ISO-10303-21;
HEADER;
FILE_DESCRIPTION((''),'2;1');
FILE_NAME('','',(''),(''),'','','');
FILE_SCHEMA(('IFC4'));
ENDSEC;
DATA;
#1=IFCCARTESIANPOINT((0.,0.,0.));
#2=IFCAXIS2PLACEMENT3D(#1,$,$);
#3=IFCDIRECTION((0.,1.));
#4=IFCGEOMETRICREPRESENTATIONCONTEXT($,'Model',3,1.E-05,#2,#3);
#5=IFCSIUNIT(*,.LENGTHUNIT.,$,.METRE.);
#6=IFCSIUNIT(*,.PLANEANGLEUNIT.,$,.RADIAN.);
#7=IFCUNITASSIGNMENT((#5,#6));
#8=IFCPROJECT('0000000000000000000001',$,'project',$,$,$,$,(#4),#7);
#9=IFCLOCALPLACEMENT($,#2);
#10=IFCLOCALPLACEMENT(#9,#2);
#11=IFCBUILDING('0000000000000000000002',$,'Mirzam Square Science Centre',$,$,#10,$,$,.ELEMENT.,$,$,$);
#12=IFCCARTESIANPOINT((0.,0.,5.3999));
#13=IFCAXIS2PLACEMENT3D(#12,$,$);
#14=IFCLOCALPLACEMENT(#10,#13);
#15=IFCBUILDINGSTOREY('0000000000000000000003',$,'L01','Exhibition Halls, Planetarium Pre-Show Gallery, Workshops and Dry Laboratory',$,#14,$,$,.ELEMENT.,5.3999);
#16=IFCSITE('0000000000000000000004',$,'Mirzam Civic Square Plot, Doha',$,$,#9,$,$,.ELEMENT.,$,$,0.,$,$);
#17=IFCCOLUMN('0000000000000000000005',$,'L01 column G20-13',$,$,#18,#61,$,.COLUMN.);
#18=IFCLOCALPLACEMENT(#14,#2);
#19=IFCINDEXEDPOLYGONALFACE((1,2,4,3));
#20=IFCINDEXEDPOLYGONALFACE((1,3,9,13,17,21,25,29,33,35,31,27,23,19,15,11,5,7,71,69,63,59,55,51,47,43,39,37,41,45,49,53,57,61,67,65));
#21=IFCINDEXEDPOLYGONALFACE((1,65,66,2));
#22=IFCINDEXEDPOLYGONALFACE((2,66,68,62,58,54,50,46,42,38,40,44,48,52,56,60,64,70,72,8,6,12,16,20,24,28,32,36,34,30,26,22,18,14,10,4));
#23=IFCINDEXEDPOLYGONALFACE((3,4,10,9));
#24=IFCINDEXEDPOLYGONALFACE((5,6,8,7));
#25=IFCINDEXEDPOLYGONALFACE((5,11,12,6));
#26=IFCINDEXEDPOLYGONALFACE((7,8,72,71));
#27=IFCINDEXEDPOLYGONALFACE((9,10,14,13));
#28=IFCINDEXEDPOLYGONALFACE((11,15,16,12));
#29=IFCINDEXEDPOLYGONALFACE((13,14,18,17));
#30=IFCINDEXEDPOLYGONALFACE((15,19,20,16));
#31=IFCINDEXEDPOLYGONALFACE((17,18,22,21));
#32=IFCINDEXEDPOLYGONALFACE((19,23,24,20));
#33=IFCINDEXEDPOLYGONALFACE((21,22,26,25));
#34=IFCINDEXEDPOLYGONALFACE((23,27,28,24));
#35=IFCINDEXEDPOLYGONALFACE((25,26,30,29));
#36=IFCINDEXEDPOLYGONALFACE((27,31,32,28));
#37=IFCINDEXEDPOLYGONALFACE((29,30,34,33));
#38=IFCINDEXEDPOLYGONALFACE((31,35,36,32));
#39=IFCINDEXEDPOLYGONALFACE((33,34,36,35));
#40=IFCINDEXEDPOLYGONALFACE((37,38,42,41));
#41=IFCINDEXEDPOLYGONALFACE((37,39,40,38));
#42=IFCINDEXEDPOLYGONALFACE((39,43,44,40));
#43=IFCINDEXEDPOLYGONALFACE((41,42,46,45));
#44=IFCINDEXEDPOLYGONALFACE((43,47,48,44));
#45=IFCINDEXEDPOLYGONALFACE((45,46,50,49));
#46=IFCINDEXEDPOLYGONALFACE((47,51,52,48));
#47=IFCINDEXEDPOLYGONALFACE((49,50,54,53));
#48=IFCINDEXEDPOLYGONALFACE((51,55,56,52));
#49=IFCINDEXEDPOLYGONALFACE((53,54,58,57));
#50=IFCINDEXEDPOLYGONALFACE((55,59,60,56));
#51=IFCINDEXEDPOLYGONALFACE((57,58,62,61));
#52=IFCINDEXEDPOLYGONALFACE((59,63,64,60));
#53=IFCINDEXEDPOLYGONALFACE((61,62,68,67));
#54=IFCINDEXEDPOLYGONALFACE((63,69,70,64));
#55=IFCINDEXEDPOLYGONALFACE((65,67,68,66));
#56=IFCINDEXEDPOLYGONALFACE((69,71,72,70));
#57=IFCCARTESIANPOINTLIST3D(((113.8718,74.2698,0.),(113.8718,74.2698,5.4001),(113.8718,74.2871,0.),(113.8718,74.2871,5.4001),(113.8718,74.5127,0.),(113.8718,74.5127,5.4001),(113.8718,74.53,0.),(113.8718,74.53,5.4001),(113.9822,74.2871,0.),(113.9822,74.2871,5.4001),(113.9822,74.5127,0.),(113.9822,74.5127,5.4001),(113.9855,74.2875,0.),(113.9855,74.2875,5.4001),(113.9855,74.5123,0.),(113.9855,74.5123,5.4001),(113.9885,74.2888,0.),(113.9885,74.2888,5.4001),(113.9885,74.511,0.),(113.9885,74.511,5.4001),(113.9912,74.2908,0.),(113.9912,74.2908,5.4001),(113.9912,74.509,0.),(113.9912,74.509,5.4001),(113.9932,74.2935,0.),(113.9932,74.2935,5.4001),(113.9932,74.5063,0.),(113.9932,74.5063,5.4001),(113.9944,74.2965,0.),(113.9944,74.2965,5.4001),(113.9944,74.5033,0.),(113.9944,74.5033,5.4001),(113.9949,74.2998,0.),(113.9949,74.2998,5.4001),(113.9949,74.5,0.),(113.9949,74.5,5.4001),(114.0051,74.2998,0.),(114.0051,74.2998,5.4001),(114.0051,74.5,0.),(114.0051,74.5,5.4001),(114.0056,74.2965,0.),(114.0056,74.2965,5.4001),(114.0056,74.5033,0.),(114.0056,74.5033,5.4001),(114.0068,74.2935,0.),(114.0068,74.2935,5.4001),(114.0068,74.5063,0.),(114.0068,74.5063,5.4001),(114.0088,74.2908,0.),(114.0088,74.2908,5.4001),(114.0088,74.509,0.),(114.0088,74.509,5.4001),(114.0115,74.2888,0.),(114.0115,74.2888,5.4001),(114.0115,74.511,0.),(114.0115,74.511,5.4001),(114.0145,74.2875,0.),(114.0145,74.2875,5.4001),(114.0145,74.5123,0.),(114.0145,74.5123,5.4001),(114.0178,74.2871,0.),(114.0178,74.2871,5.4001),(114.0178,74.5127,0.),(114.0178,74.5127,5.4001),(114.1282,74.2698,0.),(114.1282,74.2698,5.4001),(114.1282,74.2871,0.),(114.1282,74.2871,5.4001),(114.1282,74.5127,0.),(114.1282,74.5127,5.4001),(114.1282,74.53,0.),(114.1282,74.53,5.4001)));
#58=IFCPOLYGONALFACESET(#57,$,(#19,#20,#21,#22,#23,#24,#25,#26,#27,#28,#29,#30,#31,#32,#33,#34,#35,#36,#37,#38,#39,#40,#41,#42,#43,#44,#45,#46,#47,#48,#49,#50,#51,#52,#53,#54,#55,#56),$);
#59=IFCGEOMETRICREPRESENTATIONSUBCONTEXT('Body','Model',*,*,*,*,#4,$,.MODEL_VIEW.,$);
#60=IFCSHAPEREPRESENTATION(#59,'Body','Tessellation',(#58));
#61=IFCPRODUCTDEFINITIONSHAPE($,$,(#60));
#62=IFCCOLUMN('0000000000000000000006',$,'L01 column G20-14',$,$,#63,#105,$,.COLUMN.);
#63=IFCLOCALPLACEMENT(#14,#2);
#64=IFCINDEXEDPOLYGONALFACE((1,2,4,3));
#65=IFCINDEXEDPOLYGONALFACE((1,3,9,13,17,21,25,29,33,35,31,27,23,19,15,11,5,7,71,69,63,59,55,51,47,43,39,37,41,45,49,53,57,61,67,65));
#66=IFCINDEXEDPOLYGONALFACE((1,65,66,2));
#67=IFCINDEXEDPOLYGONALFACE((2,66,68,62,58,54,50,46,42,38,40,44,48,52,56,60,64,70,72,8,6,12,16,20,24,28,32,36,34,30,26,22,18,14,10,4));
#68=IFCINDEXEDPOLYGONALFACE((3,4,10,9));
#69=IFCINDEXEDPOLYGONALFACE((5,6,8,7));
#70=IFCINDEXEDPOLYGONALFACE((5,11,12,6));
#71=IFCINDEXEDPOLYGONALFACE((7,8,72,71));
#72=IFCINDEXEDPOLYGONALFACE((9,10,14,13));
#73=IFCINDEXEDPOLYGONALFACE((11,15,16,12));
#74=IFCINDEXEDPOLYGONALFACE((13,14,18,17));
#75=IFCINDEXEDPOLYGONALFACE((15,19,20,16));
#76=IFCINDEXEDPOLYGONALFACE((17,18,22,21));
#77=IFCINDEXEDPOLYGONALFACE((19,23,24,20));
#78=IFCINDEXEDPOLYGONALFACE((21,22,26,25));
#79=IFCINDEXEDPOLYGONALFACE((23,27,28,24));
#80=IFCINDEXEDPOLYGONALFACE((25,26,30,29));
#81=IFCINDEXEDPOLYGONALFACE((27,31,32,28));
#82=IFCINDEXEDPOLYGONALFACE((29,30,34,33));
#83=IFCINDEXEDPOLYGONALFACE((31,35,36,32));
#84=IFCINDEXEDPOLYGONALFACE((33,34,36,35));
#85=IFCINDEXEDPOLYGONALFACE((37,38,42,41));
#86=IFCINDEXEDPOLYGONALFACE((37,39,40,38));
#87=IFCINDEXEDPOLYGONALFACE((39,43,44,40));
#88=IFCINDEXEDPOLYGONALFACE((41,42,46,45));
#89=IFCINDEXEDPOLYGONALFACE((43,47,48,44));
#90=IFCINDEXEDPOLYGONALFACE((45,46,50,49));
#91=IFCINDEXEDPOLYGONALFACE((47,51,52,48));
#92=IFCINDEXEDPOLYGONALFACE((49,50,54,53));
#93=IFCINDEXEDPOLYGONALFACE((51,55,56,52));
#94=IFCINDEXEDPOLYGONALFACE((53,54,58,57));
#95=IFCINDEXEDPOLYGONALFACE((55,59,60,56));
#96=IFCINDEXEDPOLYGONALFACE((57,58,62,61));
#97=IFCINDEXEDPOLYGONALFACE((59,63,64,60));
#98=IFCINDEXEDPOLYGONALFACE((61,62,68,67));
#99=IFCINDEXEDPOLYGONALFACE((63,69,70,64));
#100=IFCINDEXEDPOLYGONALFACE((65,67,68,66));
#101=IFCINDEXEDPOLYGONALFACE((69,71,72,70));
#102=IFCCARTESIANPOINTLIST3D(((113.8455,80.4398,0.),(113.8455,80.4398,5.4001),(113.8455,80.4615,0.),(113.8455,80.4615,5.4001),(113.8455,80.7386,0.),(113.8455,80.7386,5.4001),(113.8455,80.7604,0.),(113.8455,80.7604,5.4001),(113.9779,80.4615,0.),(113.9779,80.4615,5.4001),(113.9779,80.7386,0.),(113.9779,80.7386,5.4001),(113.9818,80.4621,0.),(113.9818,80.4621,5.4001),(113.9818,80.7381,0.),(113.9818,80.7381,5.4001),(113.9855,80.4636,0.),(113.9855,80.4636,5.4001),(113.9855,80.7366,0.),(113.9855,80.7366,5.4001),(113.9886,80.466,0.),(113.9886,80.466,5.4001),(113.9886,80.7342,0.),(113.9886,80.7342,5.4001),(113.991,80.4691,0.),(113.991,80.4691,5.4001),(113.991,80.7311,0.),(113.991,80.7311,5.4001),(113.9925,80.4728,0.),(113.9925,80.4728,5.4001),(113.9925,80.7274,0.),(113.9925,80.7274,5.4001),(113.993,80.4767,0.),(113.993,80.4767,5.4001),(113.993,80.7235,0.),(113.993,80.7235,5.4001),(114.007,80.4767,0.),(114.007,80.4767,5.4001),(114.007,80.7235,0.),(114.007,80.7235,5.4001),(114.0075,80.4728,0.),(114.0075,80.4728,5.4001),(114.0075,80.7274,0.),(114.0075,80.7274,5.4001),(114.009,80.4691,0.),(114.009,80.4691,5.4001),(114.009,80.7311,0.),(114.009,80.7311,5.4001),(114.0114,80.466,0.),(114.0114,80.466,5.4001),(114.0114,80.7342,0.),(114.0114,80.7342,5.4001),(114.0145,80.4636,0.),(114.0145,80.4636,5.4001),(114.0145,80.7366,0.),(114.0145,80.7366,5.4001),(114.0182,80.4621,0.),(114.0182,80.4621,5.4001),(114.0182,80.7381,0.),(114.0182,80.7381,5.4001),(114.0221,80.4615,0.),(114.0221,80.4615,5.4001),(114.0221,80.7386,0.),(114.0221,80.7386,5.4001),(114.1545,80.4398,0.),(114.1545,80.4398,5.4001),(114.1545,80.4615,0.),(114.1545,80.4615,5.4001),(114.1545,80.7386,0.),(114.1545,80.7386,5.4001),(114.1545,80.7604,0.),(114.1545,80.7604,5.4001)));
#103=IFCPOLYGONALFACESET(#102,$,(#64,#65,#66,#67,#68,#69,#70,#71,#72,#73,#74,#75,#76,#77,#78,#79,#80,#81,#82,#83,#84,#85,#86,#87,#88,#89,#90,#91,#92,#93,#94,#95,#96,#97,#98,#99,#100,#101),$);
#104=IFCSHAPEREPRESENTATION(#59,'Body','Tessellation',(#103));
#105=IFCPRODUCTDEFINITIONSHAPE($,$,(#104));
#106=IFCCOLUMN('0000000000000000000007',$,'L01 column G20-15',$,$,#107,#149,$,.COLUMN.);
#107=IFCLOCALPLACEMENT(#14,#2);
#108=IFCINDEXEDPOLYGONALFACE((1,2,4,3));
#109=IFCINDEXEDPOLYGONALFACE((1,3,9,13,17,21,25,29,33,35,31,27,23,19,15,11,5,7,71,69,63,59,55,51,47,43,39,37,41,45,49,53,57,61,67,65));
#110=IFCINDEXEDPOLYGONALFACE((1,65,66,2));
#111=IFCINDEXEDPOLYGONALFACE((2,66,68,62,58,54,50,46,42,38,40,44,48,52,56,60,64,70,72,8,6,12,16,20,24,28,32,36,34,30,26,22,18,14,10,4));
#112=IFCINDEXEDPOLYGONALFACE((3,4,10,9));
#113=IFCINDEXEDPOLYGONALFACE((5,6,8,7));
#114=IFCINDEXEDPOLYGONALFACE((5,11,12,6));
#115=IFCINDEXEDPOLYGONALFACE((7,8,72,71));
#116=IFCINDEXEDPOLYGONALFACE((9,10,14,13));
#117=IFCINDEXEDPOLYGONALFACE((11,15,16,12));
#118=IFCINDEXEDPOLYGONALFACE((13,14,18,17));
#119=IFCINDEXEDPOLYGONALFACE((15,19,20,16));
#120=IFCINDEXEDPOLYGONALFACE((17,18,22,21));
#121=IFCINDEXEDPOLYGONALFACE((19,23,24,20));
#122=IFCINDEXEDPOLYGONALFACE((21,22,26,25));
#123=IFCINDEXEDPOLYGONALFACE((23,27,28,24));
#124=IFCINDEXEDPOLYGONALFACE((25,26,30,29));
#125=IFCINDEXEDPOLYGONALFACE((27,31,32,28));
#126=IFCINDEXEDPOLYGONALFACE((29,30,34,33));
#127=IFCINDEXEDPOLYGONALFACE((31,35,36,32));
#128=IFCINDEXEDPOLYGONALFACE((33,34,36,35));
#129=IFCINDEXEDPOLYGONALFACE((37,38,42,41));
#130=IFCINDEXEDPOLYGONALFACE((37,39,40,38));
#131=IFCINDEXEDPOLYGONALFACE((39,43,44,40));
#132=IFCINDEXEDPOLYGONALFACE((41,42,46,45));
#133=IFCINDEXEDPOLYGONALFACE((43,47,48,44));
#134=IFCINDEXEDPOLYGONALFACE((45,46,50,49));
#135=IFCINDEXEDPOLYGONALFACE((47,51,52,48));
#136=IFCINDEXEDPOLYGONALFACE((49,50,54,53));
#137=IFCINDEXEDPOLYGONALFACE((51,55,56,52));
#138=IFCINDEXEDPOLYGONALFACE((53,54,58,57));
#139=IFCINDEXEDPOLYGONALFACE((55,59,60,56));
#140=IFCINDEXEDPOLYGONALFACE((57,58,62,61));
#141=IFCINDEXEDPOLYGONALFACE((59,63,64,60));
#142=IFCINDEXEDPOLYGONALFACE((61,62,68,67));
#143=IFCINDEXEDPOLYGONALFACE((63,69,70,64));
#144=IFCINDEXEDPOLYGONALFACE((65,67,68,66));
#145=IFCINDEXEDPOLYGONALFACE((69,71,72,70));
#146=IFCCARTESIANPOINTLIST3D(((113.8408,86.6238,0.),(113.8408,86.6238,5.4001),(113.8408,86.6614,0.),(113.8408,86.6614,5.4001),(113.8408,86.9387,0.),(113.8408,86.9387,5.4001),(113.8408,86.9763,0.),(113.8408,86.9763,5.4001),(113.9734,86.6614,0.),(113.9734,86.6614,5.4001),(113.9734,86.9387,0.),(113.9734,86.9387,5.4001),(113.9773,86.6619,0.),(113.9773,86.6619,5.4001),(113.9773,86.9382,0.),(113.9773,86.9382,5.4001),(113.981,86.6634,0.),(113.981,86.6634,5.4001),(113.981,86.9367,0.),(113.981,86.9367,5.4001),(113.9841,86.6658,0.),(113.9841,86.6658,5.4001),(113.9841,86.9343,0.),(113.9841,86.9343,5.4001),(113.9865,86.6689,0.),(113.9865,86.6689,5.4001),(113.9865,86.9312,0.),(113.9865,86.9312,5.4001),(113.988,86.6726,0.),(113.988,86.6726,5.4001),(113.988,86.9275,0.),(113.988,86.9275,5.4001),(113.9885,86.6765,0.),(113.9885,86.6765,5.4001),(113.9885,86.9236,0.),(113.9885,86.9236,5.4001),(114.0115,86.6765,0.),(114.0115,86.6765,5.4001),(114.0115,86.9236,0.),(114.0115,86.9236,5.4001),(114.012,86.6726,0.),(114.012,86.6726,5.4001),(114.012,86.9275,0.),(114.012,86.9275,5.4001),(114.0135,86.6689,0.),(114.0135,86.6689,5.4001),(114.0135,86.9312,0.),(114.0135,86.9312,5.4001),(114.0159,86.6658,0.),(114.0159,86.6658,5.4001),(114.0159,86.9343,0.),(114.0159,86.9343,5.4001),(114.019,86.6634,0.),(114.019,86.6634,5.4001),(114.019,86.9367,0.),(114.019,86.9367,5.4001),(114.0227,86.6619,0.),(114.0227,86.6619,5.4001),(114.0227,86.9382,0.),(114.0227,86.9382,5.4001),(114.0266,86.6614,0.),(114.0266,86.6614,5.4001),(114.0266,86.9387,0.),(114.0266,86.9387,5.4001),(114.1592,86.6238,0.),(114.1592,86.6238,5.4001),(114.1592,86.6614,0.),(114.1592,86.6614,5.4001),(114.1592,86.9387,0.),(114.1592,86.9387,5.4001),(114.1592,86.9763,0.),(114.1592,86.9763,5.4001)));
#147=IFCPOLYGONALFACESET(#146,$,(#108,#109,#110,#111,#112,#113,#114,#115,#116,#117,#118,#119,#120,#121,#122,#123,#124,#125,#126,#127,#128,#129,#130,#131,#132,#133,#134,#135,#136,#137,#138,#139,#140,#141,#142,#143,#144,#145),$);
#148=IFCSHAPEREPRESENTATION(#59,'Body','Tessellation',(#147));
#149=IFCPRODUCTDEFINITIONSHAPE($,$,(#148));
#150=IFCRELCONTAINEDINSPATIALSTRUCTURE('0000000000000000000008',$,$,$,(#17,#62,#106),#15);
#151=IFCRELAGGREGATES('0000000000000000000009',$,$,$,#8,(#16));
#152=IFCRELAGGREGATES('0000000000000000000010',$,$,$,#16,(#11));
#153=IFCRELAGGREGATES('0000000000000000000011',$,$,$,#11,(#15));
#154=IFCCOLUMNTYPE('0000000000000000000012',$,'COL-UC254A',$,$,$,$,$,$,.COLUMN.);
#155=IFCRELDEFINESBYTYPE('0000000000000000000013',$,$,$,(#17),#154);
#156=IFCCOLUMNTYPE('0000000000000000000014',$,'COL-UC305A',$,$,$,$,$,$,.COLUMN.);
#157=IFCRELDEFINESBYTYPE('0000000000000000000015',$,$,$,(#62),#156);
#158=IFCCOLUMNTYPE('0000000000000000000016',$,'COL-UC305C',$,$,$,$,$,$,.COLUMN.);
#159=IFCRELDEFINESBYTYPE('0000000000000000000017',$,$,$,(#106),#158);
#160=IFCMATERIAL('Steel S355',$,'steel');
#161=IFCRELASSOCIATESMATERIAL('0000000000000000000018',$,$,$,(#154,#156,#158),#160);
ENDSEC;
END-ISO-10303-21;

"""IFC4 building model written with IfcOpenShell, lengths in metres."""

from ifc_helpers import new_model, si_unit, direction, frame, origin, origin_2d, place, context, subcontext, project, spatial, i_section, extrude, material, material_profile, profile_set, type_object, element, save


model = new_model("IFC4")

# Units and contexts
model_context = context("Model", 3, precision=1e-05, world=origin(), true_north=direction((0.0, 1.0)))
body_context = subcontext(model_context, "Body", "Model", "MODEL_VIEW")
ifc_project = project(units=[si_unit("LENGTHUNIT", "METRE"), si_unit("PLANEANGLEUNIT", "RADIAN")], contexts=[model_context])

# Site, building, storey
site_placement = place(None, origin())
site = spatial("IfcSite", under=ifc_project, at=site_placement, Name="Mirzam Civic Square Plot, Doha", CompositionType="ELEMENT", RefElevation=0.0)
building_placement = place(site_placement, origin())
building = spatial("IfcBuilding", under=site, at=building_placement, Name="Mirzam Square Science Centre", CompositionType="ELEMENT")
storey_placement = place(building_placement, frame((0.0, 0.0, 5.3999)))
storey = spatial("IfcBuildingStorey", under=building, at=storey_placement, Name="L01", Description="Exhibition Halls, Planetarium Pre-Show Gallery, Workshops and Dry Laboratory", CompositionType="ELEMENT", Elevation=5.3999)

# Columns
ifc_material_1 = material(Name="Steel S355", Category="steel")
ifc_material_profile_1 = material_profile(ifc_material_1, i_section(OverallWidth=0.2563, OverallDepth=0.2603, WebThickness=0.0103, FlangeThickness=0.0173, FilletRadius=0.0127, at=origin_2d()), Name="254x254x89UC")
ifc_profile_set_1 = profile_set([ifc_material_profile_1], Name="Steel S355")
column_type_1 = type_object("IfcColumnType", Name="COL-UC254A", PredefinedType="COLUMN", material=ifc_profile_set_1)
column_1_placement = place(storey_placement, frame((114.0, 74.3999, 0.0), z_axis=(0.0, 0.0, 1.0), x_axis=(1.0, 0.0, 0.0)))
element("IfcColumn", 1, at=column_1_placement, inside=storey, type_object=column_type_1, Name="L01 column G20-13", PredefinedType="COLUMN", context=body_context, shape_type="SweptSolid", body=[
    extrude(i_section(OverallWidth=0.2563, OverallDepth=0.2603, WebThickness=0.0103, FlangeThickness=0.0173, FilletRadius=0.0127, at=origin_2d()), origin(), (0.0, 0.0, 1.0), 5.4001),
])
ifc_material_profile_2 = material_profile(ifc_material_1, i_section(OverallWidth=0.3091, OverallDepth=0.3206, WebThickness=0.0139, FlangeThickness=0.0217, FilletRadius=0.0151, at=origin_2d()), Name="305x305x137UC")
ifc_profile_set_2 = profile_set([ifc_material_profile_2], Name="Steel S355")
column_type_2 = type_object("IfcColumnType", Name="COL-UC305A", PredefinedType="COLUMN", material=ifc_profile_set_2)
column_2_placement = place(storey_placement, frame((114.0, 80.6001, 0.0), z_axis=(0.0, 0.0, 1.0), x_axis=(1.0, 0.0, 0.0)))
element("IfcColumn", 2, at=column_2_placement, inside=storey, type_object=column_type_2, Name="L01 column G20-14", PredefinedType="COLUMN", context=body_context, shape_type="SweptSolid", body=[
    extrude(i_section(OverallWidth=0.3091, OverallDepth=0.3206, WebThickness=0.0139, FlangeThickness=0.0217, FilletRadius=0.0151, at=origin_2d()), origin(), (0.0, 0.0, 1.0), 5.4001),
])
ifc_material_profile_3 = material_profile(ifc_material_1, i_section(OverallWidth=0.3184, OverallDepth=0.3525, WebThickness=0.0229, FlangeThickness=0.0376, FilletRadius=0.0151, at=origin_2d()), Name="305x305x240UC")
ifc_profile_set_3 = profile_set([ifc_material_profile_3], Name="Steel S355")
column_type_3 = type_object("IfcColumnType", Name="COL-UC305C", PredefinedType="COLUMN", material=ifc_profile_set_3)
column_3_placement = place(storey_placement, frame((114.0, 86.8, 0.0), z_axis=(0.0, 0.0, 1.0), x_axis=(1.0, 0.0, 0.0)))
element("IfcColumn", 3, at=column_3_placement, inside=storey, type_object=column_type_3, Name="L01 column G20-15", PredefinedType="COLUMN", context=body_context, shape_type="SweptSolid", body=[
    extrude(i_section(OverallWidth=0.3184, OverallDepth=0.3525, WebThickness=0.0229, FlangeThickness=0.0376, FilletRadius=0.0151, at=origin_2d()), origin(), (0.0, 0.0, 1.0), 5.4001),
])

save(model, "model.ifc")
